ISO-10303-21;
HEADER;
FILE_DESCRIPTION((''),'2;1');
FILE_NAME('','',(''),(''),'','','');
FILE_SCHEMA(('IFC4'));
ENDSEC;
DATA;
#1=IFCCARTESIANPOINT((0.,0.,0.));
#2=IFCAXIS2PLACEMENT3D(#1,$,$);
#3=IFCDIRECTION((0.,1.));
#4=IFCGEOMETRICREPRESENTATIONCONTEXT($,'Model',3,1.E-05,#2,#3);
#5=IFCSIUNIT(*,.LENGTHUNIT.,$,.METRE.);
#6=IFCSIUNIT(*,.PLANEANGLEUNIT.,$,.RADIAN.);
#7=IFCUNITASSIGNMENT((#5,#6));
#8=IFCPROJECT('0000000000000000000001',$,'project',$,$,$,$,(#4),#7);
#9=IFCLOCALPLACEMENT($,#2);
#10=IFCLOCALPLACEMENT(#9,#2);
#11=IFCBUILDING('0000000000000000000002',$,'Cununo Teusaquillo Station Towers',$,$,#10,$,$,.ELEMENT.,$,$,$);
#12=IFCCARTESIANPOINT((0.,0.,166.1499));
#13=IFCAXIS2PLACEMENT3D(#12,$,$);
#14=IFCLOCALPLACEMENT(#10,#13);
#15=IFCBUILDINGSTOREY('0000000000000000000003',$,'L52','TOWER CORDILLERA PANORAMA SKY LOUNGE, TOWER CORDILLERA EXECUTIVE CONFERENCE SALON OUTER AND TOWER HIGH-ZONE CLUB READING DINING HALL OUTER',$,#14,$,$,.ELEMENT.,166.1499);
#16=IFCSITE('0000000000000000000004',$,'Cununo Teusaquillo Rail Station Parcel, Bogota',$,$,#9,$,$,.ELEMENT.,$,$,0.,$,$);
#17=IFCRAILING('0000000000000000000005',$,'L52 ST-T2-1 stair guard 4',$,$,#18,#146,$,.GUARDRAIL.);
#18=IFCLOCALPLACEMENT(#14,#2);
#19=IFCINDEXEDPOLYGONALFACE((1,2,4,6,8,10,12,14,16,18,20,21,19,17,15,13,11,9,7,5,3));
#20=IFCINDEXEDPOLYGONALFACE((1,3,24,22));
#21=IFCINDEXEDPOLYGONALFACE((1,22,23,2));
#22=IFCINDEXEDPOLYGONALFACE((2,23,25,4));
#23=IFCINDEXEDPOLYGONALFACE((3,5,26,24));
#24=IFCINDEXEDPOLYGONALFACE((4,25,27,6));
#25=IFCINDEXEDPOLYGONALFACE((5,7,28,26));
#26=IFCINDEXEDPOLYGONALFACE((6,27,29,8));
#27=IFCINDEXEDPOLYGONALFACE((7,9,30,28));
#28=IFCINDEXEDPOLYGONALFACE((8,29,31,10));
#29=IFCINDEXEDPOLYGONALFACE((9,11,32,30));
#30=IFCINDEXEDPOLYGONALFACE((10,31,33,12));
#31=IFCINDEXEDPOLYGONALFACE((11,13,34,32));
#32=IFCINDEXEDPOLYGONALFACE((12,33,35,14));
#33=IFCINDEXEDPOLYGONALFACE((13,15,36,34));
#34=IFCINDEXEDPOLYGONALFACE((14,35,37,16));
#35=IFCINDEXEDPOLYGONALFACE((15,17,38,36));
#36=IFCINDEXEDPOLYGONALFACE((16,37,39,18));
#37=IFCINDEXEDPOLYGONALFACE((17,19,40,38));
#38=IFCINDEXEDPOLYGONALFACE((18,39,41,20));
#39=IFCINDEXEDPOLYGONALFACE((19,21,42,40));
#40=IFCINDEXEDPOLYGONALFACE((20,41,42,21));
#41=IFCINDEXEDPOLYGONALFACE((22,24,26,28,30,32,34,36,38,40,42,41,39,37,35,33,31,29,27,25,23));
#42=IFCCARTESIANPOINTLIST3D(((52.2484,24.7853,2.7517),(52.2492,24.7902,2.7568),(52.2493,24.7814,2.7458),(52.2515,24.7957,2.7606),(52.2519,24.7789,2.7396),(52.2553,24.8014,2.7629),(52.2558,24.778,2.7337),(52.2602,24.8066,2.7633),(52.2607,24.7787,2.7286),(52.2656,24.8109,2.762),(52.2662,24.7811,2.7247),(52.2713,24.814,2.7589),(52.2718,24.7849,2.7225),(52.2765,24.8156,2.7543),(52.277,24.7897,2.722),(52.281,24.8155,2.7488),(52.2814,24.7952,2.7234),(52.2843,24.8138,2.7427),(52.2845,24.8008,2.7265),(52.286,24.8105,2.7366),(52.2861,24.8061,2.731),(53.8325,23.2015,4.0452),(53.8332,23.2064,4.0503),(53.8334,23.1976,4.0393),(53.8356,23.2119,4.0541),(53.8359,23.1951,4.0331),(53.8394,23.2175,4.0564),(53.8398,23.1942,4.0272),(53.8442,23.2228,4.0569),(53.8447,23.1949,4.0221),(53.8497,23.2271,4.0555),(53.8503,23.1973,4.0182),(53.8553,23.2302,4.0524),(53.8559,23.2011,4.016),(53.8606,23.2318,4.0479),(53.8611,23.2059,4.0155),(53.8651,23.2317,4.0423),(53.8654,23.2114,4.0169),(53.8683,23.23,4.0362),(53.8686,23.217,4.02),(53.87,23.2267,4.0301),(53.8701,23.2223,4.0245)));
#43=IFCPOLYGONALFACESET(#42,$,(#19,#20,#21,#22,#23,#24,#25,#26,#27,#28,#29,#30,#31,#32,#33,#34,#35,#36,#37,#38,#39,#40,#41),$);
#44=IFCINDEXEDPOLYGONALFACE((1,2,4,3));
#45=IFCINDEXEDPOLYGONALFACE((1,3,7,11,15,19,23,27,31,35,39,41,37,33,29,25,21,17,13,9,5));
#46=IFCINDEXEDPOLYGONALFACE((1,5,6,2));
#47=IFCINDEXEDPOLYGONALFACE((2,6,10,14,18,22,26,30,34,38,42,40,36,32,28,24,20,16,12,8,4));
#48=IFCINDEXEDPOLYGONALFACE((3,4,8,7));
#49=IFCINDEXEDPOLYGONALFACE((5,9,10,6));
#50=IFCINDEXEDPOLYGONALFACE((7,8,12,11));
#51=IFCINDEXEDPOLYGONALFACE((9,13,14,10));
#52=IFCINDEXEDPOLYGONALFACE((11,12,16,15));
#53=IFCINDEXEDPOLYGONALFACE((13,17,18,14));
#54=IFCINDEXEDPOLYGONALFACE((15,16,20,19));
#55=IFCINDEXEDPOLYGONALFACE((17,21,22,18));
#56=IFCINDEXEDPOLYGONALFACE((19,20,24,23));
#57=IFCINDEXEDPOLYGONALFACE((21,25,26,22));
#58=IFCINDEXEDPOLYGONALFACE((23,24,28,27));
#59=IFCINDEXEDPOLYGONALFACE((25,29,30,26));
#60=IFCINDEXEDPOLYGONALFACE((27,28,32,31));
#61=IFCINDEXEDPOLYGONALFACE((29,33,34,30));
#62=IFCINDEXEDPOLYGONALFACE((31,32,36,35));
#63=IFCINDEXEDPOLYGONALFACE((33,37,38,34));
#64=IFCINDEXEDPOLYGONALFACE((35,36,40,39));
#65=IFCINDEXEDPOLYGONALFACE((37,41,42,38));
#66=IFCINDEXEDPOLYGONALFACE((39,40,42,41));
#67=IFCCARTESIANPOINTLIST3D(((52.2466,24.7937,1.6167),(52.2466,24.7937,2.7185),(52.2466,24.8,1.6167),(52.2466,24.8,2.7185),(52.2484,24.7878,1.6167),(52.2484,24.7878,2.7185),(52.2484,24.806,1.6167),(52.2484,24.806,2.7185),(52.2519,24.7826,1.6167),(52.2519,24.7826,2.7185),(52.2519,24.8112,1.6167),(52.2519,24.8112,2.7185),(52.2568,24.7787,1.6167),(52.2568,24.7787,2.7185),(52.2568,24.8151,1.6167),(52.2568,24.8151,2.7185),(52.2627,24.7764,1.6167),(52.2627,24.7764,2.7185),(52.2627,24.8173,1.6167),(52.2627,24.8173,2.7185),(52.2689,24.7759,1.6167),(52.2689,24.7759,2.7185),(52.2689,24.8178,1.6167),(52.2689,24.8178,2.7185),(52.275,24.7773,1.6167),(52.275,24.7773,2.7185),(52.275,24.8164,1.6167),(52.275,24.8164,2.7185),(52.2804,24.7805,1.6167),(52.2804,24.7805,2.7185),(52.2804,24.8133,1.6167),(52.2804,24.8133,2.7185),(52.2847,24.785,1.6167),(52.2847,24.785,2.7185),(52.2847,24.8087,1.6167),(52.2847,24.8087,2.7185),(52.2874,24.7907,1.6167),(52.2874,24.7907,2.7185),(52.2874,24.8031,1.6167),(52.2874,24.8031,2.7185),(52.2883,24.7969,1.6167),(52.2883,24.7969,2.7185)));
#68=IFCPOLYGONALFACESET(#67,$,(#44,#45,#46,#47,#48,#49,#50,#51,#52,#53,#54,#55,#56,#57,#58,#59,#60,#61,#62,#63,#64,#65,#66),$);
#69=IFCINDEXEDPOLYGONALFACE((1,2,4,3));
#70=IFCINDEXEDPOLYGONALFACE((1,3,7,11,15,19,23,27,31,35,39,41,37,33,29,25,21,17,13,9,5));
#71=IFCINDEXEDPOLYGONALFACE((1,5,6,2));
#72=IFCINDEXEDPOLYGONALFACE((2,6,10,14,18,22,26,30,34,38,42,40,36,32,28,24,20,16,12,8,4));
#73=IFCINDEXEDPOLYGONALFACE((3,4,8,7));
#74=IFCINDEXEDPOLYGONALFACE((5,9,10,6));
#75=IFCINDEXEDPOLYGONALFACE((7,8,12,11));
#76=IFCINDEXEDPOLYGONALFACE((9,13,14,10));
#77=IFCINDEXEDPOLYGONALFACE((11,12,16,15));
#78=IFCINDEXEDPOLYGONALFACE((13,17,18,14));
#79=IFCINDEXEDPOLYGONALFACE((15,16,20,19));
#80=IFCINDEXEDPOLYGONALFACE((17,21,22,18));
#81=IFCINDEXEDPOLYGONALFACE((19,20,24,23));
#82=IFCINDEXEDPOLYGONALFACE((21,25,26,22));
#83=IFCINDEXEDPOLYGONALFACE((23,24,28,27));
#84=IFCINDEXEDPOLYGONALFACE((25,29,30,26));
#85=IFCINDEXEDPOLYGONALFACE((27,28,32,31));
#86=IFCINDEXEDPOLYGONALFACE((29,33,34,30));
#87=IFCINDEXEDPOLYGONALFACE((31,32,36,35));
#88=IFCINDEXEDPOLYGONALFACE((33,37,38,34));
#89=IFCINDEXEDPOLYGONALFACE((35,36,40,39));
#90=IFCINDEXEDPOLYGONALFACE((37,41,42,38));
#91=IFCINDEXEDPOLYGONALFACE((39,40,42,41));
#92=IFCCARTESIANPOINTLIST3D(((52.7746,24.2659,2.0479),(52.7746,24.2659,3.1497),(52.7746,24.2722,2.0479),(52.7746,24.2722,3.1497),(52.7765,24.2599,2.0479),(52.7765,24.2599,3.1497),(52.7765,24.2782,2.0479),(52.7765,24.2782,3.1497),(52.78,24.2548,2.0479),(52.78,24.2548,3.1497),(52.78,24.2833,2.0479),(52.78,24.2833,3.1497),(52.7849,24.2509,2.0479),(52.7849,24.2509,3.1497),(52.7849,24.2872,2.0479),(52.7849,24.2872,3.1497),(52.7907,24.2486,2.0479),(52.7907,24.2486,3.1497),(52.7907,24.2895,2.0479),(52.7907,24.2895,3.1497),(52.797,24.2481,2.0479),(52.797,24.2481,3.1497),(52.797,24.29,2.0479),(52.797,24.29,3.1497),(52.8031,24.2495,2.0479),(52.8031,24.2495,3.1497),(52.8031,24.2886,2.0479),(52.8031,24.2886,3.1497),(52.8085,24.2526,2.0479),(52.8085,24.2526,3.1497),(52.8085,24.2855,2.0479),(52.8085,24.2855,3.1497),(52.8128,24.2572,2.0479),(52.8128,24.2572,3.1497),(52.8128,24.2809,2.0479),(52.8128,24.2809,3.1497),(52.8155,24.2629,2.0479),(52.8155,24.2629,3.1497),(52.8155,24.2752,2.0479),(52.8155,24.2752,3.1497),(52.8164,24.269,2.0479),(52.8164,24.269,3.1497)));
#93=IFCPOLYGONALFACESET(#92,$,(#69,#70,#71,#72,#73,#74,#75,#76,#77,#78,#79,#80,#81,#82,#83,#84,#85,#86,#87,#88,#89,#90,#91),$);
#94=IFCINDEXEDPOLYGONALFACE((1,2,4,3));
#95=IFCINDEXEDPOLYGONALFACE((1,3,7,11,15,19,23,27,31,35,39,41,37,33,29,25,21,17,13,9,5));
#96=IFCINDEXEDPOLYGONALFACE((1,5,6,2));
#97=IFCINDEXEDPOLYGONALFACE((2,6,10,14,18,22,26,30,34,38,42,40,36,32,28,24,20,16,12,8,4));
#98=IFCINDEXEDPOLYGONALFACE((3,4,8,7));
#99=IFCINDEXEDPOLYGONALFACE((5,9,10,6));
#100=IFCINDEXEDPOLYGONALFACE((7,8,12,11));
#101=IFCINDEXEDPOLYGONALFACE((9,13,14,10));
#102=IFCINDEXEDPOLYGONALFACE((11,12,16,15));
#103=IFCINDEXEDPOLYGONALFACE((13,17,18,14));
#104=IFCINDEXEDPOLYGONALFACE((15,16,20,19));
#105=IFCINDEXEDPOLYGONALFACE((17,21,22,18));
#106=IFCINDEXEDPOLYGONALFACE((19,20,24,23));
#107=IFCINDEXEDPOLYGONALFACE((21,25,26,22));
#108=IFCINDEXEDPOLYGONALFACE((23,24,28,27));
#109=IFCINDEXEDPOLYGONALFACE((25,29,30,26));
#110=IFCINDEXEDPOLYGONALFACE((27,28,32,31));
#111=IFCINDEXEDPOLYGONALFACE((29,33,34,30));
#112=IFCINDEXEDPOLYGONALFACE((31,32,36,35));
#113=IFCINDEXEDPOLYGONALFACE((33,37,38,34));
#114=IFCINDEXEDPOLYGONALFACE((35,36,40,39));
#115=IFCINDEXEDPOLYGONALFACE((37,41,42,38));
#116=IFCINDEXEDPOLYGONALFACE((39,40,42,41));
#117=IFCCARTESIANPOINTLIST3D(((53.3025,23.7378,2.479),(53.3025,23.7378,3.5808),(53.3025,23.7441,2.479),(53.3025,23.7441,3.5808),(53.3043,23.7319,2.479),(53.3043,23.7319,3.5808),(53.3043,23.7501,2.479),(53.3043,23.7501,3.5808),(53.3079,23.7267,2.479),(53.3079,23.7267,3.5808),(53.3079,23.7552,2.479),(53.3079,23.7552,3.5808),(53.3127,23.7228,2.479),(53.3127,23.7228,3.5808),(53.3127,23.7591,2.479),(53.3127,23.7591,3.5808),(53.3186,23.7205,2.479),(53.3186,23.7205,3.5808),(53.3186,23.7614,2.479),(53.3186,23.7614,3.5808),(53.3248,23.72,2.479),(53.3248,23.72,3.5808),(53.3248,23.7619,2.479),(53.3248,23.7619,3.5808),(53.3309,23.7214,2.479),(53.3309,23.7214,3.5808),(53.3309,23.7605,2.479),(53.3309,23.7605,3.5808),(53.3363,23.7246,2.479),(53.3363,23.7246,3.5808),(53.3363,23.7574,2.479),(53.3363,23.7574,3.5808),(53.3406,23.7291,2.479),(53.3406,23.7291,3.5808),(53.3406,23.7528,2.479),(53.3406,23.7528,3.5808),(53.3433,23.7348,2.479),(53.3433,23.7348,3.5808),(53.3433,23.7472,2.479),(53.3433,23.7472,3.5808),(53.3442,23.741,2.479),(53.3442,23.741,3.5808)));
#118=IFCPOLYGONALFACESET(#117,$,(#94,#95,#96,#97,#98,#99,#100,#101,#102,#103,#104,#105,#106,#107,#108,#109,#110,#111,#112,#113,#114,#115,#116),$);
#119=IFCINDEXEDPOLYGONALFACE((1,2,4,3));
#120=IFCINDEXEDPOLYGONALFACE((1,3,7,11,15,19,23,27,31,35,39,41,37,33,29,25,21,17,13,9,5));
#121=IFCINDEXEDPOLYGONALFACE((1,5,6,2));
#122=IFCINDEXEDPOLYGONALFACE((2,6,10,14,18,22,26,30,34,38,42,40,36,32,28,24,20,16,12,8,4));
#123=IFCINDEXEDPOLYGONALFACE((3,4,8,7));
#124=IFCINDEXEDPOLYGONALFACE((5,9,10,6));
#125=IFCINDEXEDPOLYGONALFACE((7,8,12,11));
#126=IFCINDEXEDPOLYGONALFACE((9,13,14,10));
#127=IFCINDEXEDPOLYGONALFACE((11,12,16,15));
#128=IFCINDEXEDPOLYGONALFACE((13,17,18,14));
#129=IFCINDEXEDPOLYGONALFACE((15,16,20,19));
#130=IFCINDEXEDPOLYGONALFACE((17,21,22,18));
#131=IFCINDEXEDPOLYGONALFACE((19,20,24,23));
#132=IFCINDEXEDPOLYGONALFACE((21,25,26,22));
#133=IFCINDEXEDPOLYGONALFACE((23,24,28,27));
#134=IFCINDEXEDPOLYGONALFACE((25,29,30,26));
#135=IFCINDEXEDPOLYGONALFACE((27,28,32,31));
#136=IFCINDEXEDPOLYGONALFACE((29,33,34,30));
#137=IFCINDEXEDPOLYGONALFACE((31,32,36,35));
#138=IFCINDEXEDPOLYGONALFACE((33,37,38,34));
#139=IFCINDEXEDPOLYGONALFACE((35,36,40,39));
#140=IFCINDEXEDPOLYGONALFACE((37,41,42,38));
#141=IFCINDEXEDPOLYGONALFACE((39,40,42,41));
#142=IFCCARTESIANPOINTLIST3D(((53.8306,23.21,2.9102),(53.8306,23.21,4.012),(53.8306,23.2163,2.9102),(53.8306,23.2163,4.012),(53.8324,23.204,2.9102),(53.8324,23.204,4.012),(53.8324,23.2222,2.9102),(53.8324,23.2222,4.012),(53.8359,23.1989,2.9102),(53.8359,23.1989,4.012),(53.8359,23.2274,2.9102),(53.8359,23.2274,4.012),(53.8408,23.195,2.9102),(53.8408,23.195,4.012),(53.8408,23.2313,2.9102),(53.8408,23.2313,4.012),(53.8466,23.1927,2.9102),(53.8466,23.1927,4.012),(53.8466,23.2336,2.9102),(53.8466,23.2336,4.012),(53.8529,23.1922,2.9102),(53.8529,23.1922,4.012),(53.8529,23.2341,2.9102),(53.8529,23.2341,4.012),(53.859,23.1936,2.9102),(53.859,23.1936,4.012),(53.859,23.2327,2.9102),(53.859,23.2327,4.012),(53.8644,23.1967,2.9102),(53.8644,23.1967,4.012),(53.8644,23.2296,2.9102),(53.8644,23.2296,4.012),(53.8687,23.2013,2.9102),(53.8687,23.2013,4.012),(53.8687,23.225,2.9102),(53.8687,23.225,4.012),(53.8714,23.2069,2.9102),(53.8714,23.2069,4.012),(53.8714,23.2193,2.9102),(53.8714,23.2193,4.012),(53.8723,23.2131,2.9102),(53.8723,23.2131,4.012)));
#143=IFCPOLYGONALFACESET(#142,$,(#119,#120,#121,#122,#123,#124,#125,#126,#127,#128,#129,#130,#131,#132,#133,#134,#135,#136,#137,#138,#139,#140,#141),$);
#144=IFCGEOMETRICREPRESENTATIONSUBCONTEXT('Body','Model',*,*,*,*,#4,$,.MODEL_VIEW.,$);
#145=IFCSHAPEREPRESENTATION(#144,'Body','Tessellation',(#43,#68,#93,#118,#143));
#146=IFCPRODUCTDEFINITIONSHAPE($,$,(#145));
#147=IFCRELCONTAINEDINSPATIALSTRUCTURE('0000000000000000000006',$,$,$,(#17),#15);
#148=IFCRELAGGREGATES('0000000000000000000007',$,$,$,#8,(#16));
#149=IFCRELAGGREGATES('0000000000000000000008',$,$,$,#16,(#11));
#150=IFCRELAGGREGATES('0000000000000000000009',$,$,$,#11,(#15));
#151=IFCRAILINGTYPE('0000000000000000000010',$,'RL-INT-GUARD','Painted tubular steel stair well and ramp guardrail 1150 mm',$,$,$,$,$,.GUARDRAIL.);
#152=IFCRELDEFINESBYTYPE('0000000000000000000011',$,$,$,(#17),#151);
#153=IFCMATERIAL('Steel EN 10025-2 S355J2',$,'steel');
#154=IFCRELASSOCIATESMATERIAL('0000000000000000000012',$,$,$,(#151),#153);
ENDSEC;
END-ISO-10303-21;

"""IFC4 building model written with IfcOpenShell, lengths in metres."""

from ifc_helpers import new_model, si_unit, direction, frame, origin, origin_2d, place, context, subcontext, project, spatial, circle, extrude, material, type_object, element, save


model = new_model("IFC4")

# Units and contexts
model_context = context("Model", 3, precision=1e-05, world=origin(), true_north=direction((0.0, 1.0)))
body_context = subcontext(model_context, "Body", "Model", "MODEL_VIEW")
ifc_project = project(units=[si_unit("LENGTHUNIT", "METRE"), si_unit("PLANEANGLEUNIT", "RADIAN")], contexts=[model_context])

# Site, building, storey
site_placement = place(None, origin())
site = spatial("IfcSite", under=ifc_project, at=site_placement, Name="Cununo Teusaquillo Rail Station Parcel, Bogota", CompositionType="ELEMENT", RefElevation=0.0)
building_placement = place(site_placement, origin())
building = spatial("IfcBuilding", under=site, at=building_placement, Name="Cununo Teusaquillo Station Towers", CompositionType="ELEMENT")
storey_placement = place(building_placement, frame((0.0, 0.0, 166.1499)))
storey = spatial("IfcBuildingStorey", under=building, at=storey_placement, Name="L52", Description="TOWER CORDILLERA PANORAMA SKY LOUNGE, TOWER CORDILLERA EXECUTIVE CONFERENCE SALON OUTER AND TOWER HIGH-ZONE CLUB READING DINING HALL OUTER", CompositionType="ELEMENT", Elevation=166.1499)

# Railing
ifc_material_1 = material(Name="Steel EN 10025-2 S355J2", Category="steel")
railing_type_1 = type_object("IfcRailingType", Name="RL-INT-GUARD", Description="Painted tubular steel stair well and ramp guardrail 1150 mm", PredefinedType="GUARDRAIL", material=ifc_material_1)
railing_1_placement = place(storey_placement, frame((52.2673, 24.7969, 1.6167)))
element("IfcRailing", 1, at=railing_1_placement, inside=storey, type_object=railing_type_1, Name="L52 ST-T2-1 stair guard 4", PredefinedType="GUARDRAIL", context=body_context, shape_type="SweptSolid", body=[
    extrude(circle(Radius=0.0239, at=origin_2d()), frame((0.0, 0.0, 1.126), z_axis=(0.612391, -0.612297, 0.500069), x_axis=(0.707052, 0.707161, 0.0)), (0.0, 0.0, 1.0), 2.5867),
    extrude(circle(Radius=0.021, at=origin_2d()), origin(), (0.0, 0.0, 1.0), 1.1018),
    extrude(circle(Radius=0.021, at=origin_2d()), frame((0.5281, -0.5278, 0.4312)), (0.0, 0.0, 1.0), 1.1018),
    extrude(circle(Radius=0.021, at=origin_2d()), frame((1.0559, -1.0559, 0.8623)), (0.0, 0.0, 1.0), 1.1018),
    extrude(circle(Radius=0.021, at=origin_2d()), frame((1.584, -1.5837, 1.2935)), (0.0, 0.0, 1.0), 1.1018),
])

save(model, "model.ifc")
